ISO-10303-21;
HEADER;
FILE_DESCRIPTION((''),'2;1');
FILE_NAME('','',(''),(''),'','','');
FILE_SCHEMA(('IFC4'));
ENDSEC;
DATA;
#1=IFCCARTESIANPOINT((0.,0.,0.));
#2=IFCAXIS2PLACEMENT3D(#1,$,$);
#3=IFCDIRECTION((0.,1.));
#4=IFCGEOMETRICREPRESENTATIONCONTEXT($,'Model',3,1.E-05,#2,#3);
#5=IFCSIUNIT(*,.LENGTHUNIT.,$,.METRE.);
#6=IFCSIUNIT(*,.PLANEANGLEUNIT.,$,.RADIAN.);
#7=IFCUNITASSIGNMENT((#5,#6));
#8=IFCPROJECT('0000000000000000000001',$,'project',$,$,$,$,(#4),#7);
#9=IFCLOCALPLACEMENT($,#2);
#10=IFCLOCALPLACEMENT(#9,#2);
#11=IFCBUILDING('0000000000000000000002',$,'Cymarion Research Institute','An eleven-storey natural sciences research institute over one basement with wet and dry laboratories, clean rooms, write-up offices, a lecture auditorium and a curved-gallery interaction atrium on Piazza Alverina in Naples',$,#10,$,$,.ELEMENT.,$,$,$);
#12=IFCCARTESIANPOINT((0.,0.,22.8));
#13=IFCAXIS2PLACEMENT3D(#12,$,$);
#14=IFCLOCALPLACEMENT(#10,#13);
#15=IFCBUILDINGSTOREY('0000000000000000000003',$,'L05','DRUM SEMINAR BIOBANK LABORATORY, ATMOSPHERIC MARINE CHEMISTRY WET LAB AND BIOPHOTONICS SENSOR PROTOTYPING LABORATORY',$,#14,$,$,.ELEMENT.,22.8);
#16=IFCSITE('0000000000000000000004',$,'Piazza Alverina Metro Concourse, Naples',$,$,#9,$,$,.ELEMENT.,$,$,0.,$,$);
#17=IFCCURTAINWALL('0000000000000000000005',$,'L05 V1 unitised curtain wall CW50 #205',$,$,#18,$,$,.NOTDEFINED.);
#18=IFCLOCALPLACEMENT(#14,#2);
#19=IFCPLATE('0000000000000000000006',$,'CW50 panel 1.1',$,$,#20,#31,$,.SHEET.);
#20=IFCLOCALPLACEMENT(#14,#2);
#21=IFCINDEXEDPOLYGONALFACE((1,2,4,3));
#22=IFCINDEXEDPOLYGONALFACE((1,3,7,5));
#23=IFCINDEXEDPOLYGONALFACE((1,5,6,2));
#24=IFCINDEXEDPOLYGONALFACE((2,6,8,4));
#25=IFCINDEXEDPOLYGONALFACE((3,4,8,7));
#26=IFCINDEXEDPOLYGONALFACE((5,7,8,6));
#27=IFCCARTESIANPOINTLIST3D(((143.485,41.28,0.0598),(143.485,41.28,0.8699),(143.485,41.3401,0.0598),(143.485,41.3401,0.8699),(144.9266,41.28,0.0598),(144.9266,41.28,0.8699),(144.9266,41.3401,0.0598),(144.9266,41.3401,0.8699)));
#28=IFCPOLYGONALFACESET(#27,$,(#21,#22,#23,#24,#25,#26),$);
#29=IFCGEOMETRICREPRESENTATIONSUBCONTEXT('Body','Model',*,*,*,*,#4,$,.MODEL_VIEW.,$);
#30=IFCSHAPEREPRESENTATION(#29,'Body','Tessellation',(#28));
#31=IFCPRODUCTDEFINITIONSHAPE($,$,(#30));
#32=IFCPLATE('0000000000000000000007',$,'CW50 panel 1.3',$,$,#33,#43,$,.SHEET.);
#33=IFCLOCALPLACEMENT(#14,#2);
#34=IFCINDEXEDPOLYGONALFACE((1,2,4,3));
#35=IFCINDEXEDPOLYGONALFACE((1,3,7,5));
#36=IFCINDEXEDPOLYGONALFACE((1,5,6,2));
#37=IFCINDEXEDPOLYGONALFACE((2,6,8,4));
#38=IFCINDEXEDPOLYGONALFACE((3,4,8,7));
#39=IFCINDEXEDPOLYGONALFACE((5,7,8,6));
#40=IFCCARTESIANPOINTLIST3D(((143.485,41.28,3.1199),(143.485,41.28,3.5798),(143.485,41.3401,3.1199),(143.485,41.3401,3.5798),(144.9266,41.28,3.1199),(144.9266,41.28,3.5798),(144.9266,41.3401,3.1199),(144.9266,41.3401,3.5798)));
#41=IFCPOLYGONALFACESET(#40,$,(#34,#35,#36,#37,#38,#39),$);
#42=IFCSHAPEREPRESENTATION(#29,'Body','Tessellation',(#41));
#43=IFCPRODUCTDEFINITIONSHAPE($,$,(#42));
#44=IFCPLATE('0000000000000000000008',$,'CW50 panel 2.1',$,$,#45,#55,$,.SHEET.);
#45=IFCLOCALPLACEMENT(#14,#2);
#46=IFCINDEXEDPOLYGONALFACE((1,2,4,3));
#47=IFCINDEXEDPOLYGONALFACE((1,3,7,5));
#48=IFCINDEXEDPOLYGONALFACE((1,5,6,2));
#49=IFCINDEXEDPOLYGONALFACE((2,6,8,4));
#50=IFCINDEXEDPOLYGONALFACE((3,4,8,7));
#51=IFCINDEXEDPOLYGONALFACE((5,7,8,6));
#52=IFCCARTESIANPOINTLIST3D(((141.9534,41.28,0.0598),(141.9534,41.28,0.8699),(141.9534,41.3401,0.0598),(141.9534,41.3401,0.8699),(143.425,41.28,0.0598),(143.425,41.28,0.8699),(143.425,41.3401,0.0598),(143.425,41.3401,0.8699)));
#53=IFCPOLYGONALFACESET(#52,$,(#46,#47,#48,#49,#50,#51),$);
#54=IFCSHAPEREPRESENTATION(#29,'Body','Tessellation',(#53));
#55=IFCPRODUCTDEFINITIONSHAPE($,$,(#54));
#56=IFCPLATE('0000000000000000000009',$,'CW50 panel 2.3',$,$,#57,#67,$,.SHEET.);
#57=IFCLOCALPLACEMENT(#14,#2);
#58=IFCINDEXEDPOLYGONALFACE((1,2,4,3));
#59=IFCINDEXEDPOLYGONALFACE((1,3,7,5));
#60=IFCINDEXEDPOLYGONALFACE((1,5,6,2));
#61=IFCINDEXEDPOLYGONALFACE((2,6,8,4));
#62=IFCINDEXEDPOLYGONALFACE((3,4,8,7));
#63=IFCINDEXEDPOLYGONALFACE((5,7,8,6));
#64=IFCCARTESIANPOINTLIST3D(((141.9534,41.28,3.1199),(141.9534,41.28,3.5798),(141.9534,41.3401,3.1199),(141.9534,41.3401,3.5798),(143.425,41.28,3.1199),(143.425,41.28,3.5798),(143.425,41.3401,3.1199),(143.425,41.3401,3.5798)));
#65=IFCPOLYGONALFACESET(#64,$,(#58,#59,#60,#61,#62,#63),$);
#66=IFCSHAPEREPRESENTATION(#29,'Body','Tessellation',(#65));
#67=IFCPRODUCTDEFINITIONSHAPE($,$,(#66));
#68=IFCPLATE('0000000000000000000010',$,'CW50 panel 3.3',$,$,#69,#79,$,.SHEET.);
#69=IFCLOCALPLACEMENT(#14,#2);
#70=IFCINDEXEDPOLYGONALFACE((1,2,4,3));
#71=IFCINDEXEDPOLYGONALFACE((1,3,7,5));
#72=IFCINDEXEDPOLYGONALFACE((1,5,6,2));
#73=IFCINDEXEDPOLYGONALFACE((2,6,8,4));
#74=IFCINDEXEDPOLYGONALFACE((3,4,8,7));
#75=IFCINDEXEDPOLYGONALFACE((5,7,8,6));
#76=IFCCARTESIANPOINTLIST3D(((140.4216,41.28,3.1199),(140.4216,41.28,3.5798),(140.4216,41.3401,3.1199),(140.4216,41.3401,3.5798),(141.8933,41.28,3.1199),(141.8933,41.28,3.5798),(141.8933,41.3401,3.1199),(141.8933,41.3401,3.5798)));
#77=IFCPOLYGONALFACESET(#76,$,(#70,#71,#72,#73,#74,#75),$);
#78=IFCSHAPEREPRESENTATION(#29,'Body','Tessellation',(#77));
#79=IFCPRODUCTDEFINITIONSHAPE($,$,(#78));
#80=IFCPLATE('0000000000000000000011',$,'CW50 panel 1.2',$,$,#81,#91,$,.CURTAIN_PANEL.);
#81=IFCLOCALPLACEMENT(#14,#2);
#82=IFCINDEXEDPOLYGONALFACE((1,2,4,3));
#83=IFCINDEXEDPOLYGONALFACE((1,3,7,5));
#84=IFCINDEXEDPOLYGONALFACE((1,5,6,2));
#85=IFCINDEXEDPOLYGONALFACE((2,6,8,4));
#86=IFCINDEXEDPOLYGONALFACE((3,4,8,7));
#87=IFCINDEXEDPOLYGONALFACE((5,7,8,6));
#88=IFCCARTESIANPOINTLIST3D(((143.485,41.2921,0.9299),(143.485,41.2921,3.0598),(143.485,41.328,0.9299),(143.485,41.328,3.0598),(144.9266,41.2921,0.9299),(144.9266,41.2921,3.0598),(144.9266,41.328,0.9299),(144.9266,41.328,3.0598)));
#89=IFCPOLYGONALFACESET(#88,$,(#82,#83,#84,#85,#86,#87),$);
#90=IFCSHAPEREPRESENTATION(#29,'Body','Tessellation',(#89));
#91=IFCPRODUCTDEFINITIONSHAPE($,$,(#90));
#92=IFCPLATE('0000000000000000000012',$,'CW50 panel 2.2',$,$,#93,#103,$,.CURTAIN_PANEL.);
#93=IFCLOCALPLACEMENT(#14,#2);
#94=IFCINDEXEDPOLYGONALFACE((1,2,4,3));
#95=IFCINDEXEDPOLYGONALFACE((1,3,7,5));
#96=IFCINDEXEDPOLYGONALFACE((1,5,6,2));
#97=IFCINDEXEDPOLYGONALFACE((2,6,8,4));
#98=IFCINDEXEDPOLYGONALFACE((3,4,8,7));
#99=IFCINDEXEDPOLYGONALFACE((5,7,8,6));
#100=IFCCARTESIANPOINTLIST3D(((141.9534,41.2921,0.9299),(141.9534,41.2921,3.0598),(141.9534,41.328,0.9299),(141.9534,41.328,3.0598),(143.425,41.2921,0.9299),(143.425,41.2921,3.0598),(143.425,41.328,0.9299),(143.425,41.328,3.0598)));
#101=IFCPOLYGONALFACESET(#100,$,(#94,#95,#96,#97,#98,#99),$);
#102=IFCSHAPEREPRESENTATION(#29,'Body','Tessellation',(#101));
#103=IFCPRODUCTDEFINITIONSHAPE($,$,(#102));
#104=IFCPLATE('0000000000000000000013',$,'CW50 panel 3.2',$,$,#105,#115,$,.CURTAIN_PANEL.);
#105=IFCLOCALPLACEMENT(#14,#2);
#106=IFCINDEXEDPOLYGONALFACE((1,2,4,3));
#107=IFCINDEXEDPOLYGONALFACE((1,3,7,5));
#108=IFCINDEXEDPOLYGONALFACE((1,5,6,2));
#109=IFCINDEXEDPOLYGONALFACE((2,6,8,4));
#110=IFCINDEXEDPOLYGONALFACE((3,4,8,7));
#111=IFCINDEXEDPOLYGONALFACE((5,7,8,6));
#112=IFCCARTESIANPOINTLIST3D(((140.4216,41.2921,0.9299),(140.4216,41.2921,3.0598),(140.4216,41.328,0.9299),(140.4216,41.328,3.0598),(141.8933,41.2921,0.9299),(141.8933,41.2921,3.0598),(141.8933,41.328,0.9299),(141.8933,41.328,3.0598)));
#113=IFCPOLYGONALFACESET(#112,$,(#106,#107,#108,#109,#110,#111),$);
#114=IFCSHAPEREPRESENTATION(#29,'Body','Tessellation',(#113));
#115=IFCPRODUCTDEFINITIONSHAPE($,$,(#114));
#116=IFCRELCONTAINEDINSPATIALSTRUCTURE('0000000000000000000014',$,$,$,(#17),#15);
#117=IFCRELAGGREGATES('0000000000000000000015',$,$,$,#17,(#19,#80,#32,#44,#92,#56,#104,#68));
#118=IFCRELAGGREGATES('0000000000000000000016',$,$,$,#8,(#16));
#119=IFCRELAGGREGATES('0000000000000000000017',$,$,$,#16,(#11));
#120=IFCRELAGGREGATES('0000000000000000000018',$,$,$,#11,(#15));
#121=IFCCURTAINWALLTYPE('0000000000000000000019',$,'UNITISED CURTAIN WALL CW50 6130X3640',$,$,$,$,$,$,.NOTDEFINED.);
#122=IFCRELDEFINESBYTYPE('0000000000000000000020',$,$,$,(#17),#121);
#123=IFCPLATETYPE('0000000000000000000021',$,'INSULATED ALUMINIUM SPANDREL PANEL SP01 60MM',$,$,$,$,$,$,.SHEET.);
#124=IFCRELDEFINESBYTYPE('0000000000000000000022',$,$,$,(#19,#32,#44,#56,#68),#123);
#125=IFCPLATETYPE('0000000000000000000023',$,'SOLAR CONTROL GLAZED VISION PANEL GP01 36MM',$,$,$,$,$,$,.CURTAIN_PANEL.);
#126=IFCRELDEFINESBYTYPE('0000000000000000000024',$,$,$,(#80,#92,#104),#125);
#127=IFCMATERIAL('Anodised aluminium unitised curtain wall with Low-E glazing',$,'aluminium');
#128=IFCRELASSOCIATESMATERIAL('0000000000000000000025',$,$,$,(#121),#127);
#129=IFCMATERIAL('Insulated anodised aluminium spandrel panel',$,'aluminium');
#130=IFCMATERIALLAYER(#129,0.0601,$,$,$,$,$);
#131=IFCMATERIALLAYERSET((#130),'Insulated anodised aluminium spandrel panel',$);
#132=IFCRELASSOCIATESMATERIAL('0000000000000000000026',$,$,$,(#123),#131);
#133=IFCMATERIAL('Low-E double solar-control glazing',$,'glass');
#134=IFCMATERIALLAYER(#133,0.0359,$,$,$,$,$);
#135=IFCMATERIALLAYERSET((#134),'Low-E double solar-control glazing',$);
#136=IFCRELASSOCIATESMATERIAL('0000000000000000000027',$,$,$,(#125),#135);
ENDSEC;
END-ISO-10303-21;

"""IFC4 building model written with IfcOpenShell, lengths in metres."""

from ifc_helpers import new_model, si_unit, direction, frame, origin, origin_2d, place, context, subcontext, project, spatial, rectangle, extrude, material, layer, layer_set, type_object, element, aggregate, save


model = new_model("IFC4")

# Units and contexts
model_context = context("Model", 3, precision=1e-05, world=origin(), true_north=direction((0.0, 1.0)))
body_context = subcontext(model_context, "Body", "Model", "MODEL_VIEW")
ifc_project = project(units=[si_unit("LENGTHUNIT", "METRE"), si_unit("PLANEANGLEUNIT", "RADIAN")], contexts=[model_context])

# Site, building, storey
site_placement = place(None, origin())
site = spatial("IfcSite", under=ifc_project, at=site_placement, Name="Piazza Alverina Metro Concourse, Naples", CompositionType="ELEMENT", RefElevation=0.0)
building_placement = place(site_placement, origin())
building = spatial("IfcBuilding", under=site, at=building_placement, Name="Cymarion Research Institute", Description="An eleven-storey natural sciences research institute over one basement with wet and dry laboratories, clean rooms, write-up offices, a lecture auditorium and a curved-gallery interaction atrium on Piazza Alverina in Naples", CompositionType="ELEMENT")
storey_placement = place(building_placement, frame((0.0, 0.0, 22.8)))
storey = spatial("IfcBuildingStorey", under=building, at=storey_placement, Name="L05", Description="DRUM SEMINAR BIOBANK LABORATORY, ATMOSPHERIC MARINE CHEMISTRY WET LAB AND BIOPHOTONICS SENSOR PROTOTYPING LABORATORY", CompositionType="ELEMENT", Elevation=22.8)

# Curtain wall, plates
ifc_material_1 = material(Name="Anodised aluminium unitised curtain wall with Low-E glazing", Category="aluminium")
curtain_wall_type = type_object("IfcCurtainWallType", Name="UNITISED CURTAIN WALL CW50 6130X3640", PredefinedType="NOTDEFINED", material=ifc_material_1)
curtain_wall_placement = place(storey_placement, origin())
curtain_wall = element("IfcCurtainWall", 1, at=curtain_wall_placement, inside=storey, type_object=curtain_wall_type, Name="L05 V1 unitised curtain wall CW50 #205", PredefinedType="NOTDEFINED")
ifc_material_2 = material(Name="Insulated anodised aluminium spandrel panel", Category="aluminium")
ifc_layer_1 = layer(ifc_material_2, 0.0601)
ifc_layer_set_1 = layer_set([ifc_layer_1], Name="Insulated anodised aluminium spandrel panel")
plate_type_1 = type_object("IfcPlateType", Name="INSULATED ALUMINIUM SPANDREL PANEL SP01 60MM", PredefinedType="SHEET", material=ifc_layer_set_1)
plate_1_placement = place(storey_placement, frame((144.2058, 41.3101, 0.0598), z_axis=(0.0, 0.0, 1.0), x_axis=(-1.0, 0.0, 0.0)))
plate_1 = element("IfcPlate", 2, at=plate_1_placement, type_object=plate_type_1, Name="CW50 panel 1.1", PredefinedType="SHEET", context=body_context, shape_type="SweptSolid", body=[
    extrude(rectangle(XDim=1.4417, YDim=0.0601, at=origin_2d()), origin(), (0.0, 0.0, 1.0), 0.8101),
])
plate_2_placement = place(storey_placement, frame((144.2058, 41.3101, 3.1199), z_axis=(0.0, 0.0, 1.0), x_axis=(-1.0, 0.0, 0.0)))
plate_2 = element("IfcPlate", 3, at=plate_2_placement, type_object=plate_type_1, Name="CW50 panel 1.3", PredefinedType="SHEET", context=body_context, shape_type="SweptSolid", body=[
    extrude(rectangle(XDim=1.4417, YDim=0.0601, at=origin_2d()), origin(), (0.0, 0.0, 1.0), 0.46),
])
plate_3_placement = place(storey_placement, frame((142.6892, 41.3101, 0.0598), z_axis=(0.0, 0.0, 1.0), x_axis=(-1.0, 0.0, 0.0)))
plate_3 = element("IfcPlate", 4, at=plate_3_placement, type_object=plate_type_1, Name="CW50 panel 2.1", PredefinedType="SHEET", context=body_context, shape_type="SweptSolid", body=[
    extrude(rectangle(XDim=1.4717, YDim=0.0601, at=origin_2d()), origin(), (0.0, 0.0, 1.0), 0.8101),
])
plate_4_placement = place(storey_placement, frame((142.6892, 41.3101, 3.1199), z_axis=(0.0, 0.0, 1.0), x_axis=(-1.0, 0.0, 0.0)))
plate_4 = element("IfcPlate", 5, at=plate_4_placement, type_object=plate_type_1, Name="CW50 panel 2.3", PredefinedType="SHEET", context=body_context, shape_type="SweptSolid", body=[
    extrude(rectangle(XDim=1.4717, YDim=0.0601, at=origin_2d()), origin(), (0.0, 0.0, 1.0), 0.46),
])
plate_5_placement = place(storey_placement, frame((141.1575, 41.3101, 3.1199), z_axis=(0.0, 0.0, 1.0), x_axis=(-1.0, 0.0, 0.0)))
plate_5 = element("IfcPlate", 6, at=plate_5_placement, type_object=plate_type_1, Name="CW50 panel 3.3", PredefinedType="SHEET", context=body_context, shape_type="SweptSolid", body=[
    extrude(rectangle(XDim=1.4717, YDim=0.0601, at=origin_2d()), origin(), (0.0, 0.0, 1.0), 0.46),
])
ifc_material_3 = material(Name="Low-E double solar-control glazing", Category="glass")
ifc_layer_2 = layer(ifc_material_3, 0.0359)
ifc_layer_set_2 = layer_set([ifc_layer_2], Name="Low-E double solar-control glazing")
plate_type_2 = type_object("IfcPlateType", Name="SOLAR CONTROL GLAZED VISION PANEL GP01 36MM", PredefinedType="CURTAIN_PANEL", material=ifc_layer_set_2)
plate_6_placement = place(storey_placement, frame((144.2058, 41.3101, 0.9299), z_axis=(0.0, 0.0, 1.0), x_axis=(-1.0, 0.0, 0.0)))
plate_6 = element("IfcPlate", 7, at=plate_6_placement, type_object=plate_type_2, Name="CW50 panel 1.2", PredefinedType="CURTAIN_PANEL", context=body_context, shape_type="SweptSolid", body=[
    extrude(rectangle(XDim=1.4417, YDim=0.0359, at=origin_2d()), origin(), (0.0, 0.0, 1.0), 2.1299),
])
plate_7_placement = place(storey_placement, frame((142.6892, 41.3101, 0.9299), z_axis=(0.0, 0.0, 1.0), x_axis=(-1.0, 0.0, 0.0)))
plate_7 = element("IfcPlate", 8, at=plate_7_placement, type_object=plate_type_2, Name="CW50 panel 2.2", PredefinedType="CURTAIN_PANEL", context=body_context, shape_type="SweptSolid", body=[
    extrude(rectangle(XDim=1.4717, YDim=0.0359, at=origin_2d()), origin(), (0.0, 0.0, 1.0), 2.1299),
])
plate_8_placement = place(storey_placement, frame((141.1575, 41.3101, 0.9299), z_axis=(0.0, 0.0, 1.0), x_axis=(-1.0, 0.0, 0.0)))
plate_8 = element("IfcPlate", 9, at=plate_8_placement, type_object=plate_type_2, Name="CW50 panel 3.2", PredefinedType="CURTAIN_PANEL", context=body_context, shape_type="SweptSolid", body=[
    extrude(rectangle(XDim=1.4717, YDim=0.0359, at=origin_2d()), origin(), (0.0, 0.0, 1.0), 2.1299),
])
aggregate(curtain_wall, [plate_1, plate_6, plate_2, plate_3, plate_7, plate_4, plate_8, plate_5])

save(model, "model.ifc")
